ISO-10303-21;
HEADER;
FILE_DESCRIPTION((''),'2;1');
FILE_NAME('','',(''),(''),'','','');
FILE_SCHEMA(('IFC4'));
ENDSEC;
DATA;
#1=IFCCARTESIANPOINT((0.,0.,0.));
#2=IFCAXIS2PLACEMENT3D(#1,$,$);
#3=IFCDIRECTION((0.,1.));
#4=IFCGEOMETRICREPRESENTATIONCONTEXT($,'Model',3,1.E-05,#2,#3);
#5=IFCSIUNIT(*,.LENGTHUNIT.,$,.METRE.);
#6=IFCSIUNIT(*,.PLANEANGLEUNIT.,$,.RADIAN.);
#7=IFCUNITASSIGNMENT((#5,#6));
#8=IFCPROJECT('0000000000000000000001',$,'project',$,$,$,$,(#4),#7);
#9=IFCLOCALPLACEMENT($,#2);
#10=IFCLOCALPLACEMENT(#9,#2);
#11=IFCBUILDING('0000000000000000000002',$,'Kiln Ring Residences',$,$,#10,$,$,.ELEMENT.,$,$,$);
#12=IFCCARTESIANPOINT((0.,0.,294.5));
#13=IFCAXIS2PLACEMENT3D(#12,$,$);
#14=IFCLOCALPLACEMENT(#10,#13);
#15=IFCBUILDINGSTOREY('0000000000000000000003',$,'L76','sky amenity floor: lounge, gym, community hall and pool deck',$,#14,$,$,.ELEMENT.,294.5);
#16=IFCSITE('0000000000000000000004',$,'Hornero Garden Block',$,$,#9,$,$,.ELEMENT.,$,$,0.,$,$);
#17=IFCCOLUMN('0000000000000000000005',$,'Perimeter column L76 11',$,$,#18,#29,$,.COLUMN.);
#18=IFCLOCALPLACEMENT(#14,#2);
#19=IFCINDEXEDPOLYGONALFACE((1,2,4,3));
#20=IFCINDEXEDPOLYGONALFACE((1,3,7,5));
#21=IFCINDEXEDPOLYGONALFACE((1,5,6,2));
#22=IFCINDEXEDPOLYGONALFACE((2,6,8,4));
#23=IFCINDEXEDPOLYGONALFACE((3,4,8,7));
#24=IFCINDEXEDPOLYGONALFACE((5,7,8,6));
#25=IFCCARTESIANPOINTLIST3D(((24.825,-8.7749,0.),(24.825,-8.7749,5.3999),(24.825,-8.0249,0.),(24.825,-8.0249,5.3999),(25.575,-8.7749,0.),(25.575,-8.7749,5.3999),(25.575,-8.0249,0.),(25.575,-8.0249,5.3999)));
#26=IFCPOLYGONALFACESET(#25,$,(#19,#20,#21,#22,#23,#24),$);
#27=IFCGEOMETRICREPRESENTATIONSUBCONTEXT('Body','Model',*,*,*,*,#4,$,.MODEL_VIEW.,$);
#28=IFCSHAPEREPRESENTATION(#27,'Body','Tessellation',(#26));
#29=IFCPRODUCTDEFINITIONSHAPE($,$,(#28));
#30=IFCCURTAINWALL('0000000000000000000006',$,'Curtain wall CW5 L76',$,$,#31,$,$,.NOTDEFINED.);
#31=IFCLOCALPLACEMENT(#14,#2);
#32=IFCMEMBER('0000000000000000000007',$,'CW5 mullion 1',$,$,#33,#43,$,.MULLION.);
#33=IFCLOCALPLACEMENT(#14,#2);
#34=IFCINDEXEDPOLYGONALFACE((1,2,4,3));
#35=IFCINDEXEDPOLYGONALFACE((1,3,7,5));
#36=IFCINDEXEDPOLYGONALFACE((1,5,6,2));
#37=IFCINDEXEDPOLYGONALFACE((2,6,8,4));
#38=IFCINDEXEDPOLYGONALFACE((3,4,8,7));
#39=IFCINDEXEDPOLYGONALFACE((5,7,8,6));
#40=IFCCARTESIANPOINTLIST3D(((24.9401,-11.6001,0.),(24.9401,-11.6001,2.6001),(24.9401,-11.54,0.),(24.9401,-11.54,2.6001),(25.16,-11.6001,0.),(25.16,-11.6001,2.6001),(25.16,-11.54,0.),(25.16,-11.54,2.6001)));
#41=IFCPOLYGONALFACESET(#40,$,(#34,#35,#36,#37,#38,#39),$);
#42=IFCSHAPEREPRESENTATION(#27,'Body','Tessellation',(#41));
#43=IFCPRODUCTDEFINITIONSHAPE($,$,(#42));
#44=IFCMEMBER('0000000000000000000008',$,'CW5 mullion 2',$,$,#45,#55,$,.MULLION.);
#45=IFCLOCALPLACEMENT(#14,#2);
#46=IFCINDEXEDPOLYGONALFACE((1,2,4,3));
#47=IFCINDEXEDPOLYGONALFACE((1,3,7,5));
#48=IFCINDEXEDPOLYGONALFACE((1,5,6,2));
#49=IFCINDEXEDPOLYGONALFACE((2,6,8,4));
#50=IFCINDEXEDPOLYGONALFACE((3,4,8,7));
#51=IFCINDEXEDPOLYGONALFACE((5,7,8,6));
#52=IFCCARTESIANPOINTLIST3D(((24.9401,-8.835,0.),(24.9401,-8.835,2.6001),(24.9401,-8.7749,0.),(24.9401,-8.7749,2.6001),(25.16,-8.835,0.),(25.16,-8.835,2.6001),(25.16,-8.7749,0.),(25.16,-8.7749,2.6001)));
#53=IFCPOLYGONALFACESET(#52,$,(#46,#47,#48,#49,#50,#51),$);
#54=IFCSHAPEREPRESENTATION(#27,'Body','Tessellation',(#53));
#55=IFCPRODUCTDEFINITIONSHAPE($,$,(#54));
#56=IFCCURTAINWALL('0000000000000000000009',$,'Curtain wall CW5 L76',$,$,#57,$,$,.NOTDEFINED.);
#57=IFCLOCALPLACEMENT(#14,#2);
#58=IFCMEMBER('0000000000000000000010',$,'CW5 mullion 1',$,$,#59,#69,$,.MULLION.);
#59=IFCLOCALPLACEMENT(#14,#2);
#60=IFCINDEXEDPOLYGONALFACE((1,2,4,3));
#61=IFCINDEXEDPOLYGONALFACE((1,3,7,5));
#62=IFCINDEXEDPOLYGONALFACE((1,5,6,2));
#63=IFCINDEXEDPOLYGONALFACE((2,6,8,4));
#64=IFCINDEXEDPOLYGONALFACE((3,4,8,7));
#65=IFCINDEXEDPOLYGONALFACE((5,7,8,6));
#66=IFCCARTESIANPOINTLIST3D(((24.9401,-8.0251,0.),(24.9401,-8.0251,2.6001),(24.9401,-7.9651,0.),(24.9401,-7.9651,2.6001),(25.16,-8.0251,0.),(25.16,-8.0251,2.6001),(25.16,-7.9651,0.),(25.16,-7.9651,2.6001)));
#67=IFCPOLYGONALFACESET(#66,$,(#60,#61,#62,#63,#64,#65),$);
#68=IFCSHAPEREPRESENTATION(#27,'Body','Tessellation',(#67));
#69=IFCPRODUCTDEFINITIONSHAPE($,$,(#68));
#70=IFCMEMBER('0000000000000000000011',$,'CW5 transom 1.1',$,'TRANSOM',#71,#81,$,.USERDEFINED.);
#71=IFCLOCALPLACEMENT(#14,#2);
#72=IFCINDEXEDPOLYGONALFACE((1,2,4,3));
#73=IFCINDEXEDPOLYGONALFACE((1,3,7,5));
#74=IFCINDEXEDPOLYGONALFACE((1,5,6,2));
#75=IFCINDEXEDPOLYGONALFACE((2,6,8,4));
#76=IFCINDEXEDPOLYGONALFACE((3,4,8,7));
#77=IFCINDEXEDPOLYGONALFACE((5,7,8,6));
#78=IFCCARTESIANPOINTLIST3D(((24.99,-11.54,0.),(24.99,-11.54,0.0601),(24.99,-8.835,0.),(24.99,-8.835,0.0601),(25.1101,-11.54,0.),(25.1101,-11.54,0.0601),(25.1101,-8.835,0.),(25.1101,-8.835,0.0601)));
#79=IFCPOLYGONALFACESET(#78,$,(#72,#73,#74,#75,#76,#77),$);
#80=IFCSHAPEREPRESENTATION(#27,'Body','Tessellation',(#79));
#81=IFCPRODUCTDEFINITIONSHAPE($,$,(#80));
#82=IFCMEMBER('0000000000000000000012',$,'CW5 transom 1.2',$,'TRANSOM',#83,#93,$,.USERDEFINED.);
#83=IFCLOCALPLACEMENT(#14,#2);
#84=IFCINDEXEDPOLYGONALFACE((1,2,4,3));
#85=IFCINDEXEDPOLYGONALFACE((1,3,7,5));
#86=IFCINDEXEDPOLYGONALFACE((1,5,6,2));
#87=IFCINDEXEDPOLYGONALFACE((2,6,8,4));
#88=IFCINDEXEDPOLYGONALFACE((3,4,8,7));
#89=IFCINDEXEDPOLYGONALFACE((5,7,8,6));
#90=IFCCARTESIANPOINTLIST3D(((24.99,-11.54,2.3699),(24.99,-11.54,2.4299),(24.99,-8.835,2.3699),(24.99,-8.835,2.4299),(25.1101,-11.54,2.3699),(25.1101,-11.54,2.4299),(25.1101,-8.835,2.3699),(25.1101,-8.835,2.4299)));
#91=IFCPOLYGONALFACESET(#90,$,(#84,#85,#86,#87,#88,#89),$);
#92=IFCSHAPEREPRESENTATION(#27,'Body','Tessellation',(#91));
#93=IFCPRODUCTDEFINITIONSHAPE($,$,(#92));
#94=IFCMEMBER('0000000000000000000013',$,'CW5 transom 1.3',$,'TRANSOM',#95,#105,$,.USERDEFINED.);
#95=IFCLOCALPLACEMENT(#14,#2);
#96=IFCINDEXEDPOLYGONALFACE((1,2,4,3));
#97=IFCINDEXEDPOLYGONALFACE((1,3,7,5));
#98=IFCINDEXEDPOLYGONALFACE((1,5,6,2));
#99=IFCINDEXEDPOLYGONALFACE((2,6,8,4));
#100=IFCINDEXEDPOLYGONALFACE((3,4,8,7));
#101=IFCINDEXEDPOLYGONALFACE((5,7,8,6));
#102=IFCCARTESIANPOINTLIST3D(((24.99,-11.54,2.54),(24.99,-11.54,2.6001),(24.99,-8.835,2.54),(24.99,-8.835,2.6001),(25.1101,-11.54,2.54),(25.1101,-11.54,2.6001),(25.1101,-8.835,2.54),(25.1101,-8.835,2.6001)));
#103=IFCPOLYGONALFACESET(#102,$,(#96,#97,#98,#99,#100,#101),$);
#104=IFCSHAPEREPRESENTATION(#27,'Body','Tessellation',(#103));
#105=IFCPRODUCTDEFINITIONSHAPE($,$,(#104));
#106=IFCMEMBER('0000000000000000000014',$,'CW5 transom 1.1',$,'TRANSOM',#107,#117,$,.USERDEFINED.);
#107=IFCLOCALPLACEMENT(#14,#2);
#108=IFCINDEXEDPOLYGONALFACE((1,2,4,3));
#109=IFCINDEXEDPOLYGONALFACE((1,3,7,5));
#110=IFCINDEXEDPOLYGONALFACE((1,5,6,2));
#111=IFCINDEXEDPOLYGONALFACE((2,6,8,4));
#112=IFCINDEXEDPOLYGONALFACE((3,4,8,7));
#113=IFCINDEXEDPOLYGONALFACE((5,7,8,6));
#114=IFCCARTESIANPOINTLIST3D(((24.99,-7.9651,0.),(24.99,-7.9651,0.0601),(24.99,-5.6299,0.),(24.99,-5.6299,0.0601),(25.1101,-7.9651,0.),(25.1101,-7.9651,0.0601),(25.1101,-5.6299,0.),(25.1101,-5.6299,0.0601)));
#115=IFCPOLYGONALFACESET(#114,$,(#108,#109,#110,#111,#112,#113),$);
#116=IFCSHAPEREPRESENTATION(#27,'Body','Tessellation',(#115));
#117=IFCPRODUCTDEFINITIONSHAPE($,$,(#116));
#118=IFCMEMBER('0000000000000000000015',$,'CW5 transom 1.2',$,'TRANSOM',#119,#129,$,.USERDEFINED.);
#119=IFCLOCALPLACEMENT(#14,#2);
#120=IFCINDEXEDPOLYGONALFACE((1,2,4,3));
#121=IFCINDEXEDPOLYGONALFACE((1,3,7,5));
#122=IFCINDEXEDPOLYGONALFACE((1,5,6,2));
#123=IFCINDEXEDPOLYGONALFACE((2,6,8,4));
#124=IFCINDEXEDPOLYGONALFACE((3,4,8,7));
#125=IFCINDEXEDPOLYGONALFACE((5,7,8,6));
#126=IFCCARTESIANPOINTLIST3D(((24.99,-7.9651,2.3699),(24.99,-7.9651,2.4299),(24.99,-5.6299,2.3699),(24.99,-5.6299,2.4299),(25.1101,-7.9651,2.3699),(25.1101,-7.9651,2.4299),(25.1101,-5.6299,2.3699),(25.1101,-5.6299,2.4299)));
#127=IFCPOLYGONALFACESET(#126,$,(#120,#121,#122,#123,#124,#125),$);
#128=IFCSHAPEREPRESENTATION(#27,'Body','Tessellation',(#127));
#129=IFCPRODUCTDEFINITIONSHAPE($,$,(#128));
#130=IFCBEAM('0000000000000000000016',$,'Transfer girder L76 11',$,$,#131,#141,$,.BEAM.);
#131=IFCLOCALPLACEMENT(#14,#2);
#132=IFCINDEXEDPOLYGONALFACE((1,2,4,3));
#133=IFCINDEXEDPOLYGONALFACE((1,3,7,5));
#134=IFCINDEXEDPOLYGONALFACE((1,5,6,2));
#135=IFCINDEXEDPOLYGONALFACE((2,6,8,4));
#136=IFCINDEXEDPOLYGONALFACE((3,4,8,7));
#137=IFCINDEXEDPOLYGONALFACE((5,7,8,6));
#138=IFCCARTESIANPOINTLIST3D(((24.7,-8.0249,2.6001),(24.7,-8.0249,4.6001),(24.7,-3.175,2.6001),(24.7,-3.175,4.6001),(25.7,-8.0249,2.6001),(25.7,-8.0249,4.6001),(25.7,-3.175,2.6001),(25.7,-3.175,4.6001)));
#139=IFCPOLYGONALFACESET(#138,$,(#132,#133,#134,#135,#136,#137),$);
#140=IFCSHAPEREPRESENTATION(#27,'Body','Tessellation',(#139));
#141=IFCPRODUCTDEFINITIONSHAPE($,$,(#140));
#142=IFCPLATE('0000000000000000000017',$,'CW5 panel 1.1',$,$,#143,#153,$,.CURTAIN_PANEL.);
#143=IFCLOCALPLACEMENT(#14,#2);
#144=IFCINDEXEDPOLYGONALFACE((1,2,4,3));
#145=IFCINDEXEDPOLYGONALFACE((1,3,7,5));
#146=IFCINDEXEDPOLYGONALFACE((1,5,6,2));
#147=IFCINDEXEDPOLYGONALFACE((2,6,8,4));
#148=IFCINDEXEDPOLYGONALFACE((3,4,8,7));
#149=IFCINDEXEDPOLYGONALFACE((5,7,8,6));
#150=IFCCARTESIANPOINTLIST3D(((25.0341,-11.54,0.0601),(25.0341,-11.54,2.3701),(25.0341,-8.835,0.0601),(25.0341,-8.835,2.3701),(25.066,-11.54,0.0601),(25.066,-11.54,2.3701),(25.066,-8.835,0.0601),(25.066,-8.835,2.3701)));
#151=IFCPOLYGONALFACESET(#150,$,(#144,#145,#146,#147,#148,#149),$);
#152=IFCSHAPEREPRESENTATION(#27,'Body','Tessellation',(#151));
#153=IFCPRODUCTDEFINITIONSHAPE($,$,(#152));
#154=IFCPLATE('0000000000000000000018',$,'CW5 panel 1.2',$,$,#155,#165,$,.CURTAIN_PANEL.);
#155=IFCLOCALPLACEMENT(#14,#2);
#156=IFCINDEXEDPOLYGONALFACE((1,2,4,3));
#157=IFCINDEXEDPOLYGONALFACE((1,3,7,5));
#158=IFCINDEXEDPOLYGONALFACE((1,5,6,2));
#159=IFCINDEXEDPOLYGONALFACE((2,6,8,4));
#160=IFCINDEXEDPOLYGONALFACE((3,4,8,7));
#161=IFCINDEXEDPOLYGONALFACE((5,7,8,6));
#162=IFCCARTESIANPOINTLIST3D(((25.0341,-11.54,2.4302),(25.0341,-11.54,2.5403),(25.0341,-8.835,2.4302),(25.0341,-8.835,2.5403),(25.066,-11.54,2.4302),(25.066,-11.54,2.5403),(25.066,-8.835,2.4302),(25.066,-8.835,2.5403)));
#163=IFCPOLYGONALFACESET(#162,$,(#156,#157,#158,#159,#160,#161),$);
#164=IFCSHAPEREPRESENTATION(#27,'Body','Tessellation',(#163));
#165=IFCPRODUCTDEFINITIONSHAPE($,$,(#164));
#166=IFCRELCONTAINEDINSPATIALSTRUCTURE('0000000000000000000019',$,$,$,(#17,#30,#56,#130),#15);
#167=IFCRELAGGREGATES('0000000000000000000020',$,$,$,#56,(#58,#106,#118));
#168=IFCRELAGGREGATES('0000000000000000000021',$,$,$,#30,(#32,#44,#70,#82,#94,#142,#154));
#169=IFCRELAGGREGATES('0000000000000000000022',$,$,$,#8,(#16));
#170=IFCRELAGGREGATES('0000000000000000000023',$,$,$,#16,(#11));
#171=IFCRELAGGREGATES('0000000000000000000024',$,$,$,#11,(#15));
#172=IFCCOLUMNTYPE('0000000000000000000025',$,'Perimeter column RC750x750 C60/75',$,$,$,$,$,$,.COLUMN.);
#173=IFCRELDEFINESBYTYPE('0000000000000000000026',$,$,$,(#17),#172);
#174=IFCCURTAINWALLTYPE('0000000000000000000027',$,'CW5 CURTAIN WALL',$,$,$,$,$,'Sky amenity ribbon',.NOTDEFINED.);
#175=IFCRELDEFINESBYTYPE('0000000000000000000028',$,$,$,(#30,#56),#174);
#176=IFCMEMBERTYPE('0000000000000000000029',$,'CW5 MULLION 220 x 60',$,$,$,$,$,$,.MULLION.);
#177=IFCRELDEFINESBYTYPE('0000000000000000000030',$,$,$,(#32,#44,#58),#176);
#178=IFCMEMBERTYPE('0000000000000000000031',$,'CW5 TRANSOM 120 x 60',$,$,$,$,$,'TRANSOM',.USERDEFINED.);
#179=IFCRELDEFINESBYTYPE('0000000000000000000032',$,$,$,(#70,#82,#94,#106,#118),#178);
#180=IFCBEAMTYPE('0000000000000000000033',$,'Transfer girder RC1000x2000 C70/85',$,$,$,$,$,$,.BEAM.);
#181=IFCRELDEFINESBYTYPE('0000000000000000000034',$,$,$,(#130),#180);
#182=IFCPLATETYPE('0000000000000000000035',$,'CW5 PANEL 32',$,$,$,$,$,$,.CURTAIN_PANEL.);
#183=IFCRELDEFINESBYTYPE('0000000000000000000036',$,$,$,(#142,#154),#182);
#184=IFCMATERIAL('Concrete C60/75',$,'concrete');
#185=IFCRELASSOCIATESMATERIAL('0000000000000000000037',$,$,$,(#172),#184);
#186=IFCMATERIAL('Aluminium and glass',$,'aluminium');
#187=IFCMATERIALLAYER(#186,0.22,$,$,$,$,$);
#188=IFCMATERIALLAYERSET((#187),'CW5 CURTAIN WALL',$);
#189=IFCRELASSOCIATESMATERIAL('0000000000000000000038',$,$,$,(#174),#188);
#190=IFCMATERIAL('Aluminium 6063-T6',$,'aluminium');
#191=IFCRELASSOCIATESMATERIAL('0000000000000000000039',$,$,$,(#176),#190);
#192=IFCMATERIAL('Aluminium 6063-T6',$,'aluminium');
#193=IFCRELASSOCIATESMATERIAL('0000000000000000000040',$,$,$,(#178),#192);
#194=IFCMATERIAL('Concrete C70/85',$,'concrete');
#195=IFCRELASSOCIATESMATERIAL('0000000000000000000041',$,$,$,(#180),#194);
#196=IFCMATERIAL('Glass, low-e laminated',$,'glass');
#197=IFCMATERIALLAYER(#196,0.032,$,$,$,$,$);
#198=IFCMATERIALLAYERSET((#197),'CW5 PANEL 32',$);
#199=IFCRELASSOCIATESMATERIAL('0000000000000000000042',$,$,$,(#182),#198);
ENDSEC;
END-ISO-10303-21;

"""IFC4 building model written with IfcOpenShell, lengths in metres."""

from ifc_helpers import new_model, si_unit, direction, frame, origin, origin_2d, place, context, subcontext, project, spatial, rectangle, extrude, material, layer, layer_set, material_profile, profile_set, type_object, element, aggregate, save


model = new_model("IFC4")

# Units and contexts
model_context = context("Model", 3, precision=1e-05, world=origin(), true_north=direction((0.0, 1.0)))
body_context = subcontext(model_context, "Body", "Model", "MODEL_VIEW")
ifc_project = project(units=[si_unit("LENGTHUNIT", "METRE"), si_unit("PLANEANGLEUNIT", "RADIAN")], contexts=[model_context])

# Site, building, storey
site_placement = place(None, origin())
site = spatial("IfcSite", under=ifc_project, at=site_placement, Name="Hornero Garden Block", CompositionType="ELEMENT", RefElevation=0.0)
building_placement = place(site_placement, origin())
building = spatial("IfcBuilding", under=site, at=building_placement, Name="Kiln Ring Residences", CompositionType="ELEMENT")
storey_placement = place(building_placement, frame((0.0, 0.0, 294.5)))
storey = spatial("IfcBuildingStorey", under=building, at=storey_placement, Name="L76", Description="sky amenity floor: lounge, gym, community hall and pool deck", CompositionType="ELEMENT", Elevation=294.5)

# Column
ifc_material_1 = material(Name="Concrete C60/75", Category="concrete")
ifc_material_profile_1 = material_profile(ifc_material_1, rectangle(XDim=0.75, YDim=0.75, at=origin_2d()), Name="RC750x750")
ifc_profile_set_1 = profile_set([ifc_material_profile_1], Name="Concrete C60/75")
column_type = type_object("IfcColumnType", Name="Perimeter column RC750x750 C60/75", PredefinedType="COLUMN", material=ifc_profile_set_1)
column_placement = place(storey_placement, frame((25.2, -8.3999, 0.0), z_axis=(0.0, 0.0, 1.0), x_axis=(1.0, 0.0, 0.0)))
element("IfcColumn", 1, at=column_placement, inside=storey, type_object=column_type, Name="Perimeter column L76 11", PredefinedType="COLUMN", context=body_context, shape_type="SweptSolid", body=[
    extrude(rectangle(XDim=0.75, YDim=0.75, at=origin_2d()), origin(), (0.0, 0.0, 1.0), 5.3999),
])

# Curtain wall, members
ifc_material_2 = material(Name="Aluminium and glass", Category="aluminium")
ifc_layer_1 = layer(ifc_material_2, 0.22)
ifc_layer_set_1 = layer_set([ifc_layer_1], Name="CW5 CURTAIN WALL")
curtain_wall_type = type_object("IfcCurtainWallType", Name="CW5 CURTAIN WALL", ElementType="Sky amenity ribbon", PredefinedType="NOTDEFINED", material=ifc_layer_set_1)
placement = place(storey_placement, origin())
curtain_wall_1 = element("IfcCurtainWall", 2, at=placement, inside=storey, type_object=curtain_wall_type, Name="Curtain wall CW5 L76", PredefinedType="NOTDEFINED")
ifc_material_3 = material(Name="Aluminium 6063-T6", Category="aluminium")
ifc_material_profile_2 = material_profile(ifc_material_3, rectangle(XDim=0.22, YDim=0.0601, at=origin_2d()), Name="AL 220x60")
ifc_profile_set_2 = profile_set([ifc_material_profile_2], Name="Aluminium 6063-T6")
member_type_1 = type_object("IfcMemberType", Name="CW5 MULLION 220 x 60", PredefinedType="MULLION", material=ifc_profile_set_2)
member_1_placement = place(storey_placement, frame((25.05, -11.5701, 0.0), z_axis=(0.0, 0.0, 1.0), x_axis=(-1.0, 0.0, 0.0)))
member_1 = element("IfcMember", 3, at=member_1_placement, type_object=member_type_1, Name="CW5 mullion 1", PredefinedType="MULLION", context=body_context, shape_type="SweptSolid", body=[
    extrude(rectangle(XDim=0.22, YDim=0.0601, at=origin_2d()), origin(), (0.0, 0.0, 1.0), 2.6001),
])
member_2_placement = place(storey_placement, frame((25.05, -8.8049, 0.0), z_axis=(0.0, 0.0, 1.0), x_axis=(-1.0, 0.0, 0.0)))
member_2 = element("IfcMember", 4, at=member_2_placement, type_object=member_type_1, Name="CW5 mullion 2", PredefinedType="MULLION", context=body_context, shape_type="SweptSolid", body=[
    extrude(rectangle(XDim=0.22, YDim=0.0601, at=origin_2d()), origin(), (0.0, 0.0, 1.0), 2.6001),
])

# Curtain wall, member
curtain_wall_2 = element("IfcCurtainWall", 5, at=placement, inside=storey, type_object=curtain_wall_type, Name="Curtain wall CW5 L76", PredefinedType="NOTDEFINED")
member_3_placement = place(storey_placement, frame((25.05, -7.9951, 0.0), z_axis=(0.0, 0.0, 1.0), x_axis=(-1.0, 0.0, 0.0)))
member_3 = element("IfcMember", 6, at=member_3_placement, type_object=member_type_1, Name="CW5 mullion 1", PredefinedType="MULLION", context=body_context, shape_type="SweptSolid", body=[
    extrude(rectangle(XDim=0.22, YDim=0.0601, at=origin_2d()), origin(), (0.0, 0.0, 1.0), 2.6001),
])

# Members
ifc_material_4 = material(Name="Aluminium 6063-T6", Category="aluminium")
ifc_material_profile_3 = material_profile(ifc_material_4, rectangle(XDim=0.1201, YDim=0.0601, at=origin_2d()), Name="AL 120x60")
ifc_profile_set_3 = profile_set([ifc_material_profile_3], Name="Aluminium 6063-T6")
member_type_2 = type_object("IfcMemberType", Name="CW5 TRANSOM 120 x 60", ElementType="TRANSOM", PredefinedType="USERDEFINED", material=ifc_profile_set_3)
member_4_placement = place(storey_placement, frame((25.05, -11.54, 0.03), z_axis=(0.0, 1.0, 0.0), x_axis=(-1.0, 0.0, 0.0)))
member_4 = element("IfcMember", 7, at=member_4_placement, type_object=member_type_2, Name="CW5 transom 1.1", ObjectType="TRANSOM", PredefinedType="USERDEFINED", context=body_context, shape_type="SweptSolid", body=[
    extrude(rectangle(XDim=0.1201, YDim=0.0601, at=origin_2d()), origin(), (0.0, 0.0, 1.0), 2.7051),
])
member_5_placement = place(storey_placement, frame((25.05, -11.54, 2.3999), z_axis=(0.0, 1.0, 0.0), x_axis=(-1.0, 0.0, 0.0)))
member_5 = element("IfcMember", 8, at=member_5_placement, type_object=member_type_2, Name="CW5 transom 1.2", ObjectType="TRANSOM", PredefinedType="USERDEFINED", context=body_context, shape_type="SweptSolid", body=[
    extrude(rectangle(XDim=0.1201, YDim=0.0601, at=origin_2d()), origin(), (0.0, 0.0, 1.0), 2.7051),
])
member_6_placement = place(storey_placement, frame((25.05, -11.54, 2.5701), z_axis=(0.0, 1.0, 0.0), x_axis=(-1.0, 0.0, 0.0)))
member_6 = element("IfcMember", 9, at=member_6_placement, type_object=member_type_2, Name="CW5 transom 1.3", ObjectType="TRANSOM", PredefinedType="USERDEFINED", context=body_context, shape_type="SweptSolid", body=[
    extrude(rectangle(XDim=0.1201, YDim=0.0601, at=origin_2d()), origin(), (0.0, 0.0, 1.0), 2.7051),
])
member_7_placement = place(storey_placement, frame((25.05, -7.9651, 0.03), z_axis=(0.0, 1.0, 0.0), x_axis=(-1.0, 0.0, 0.0)))
member_7 = element("IfcMember", 10, at=member_7_placement, type_object=member_type_2, Name="CW5 transom 1.1", ObjectType="TRANSOM", PredefinedType="USERDEFINED", context=body_context, shape_type="SweptSolid", body=[
    extrude(rectangle(XDim=0.1201, YDim=0.0601, at=origin_2d()), origin(), (0.0, 0.0, 1.0), 2.3352),
])
member_8_placement = place(storey_placement, frame((25.05, -7.9651, 2.3999), z_axis=(0.0, 1.0, 0.0), x_axis=(-1.0, 0.0, 0.0)))
member_8 = element("IfcMember", 11, at=member_8_placement, type_object=member_type_2, Name="CW5 transom 1.2", ObjectType="TRANSOM", PredefinedType="USERDEFINED", context=body_context, shape_type="SweptSolid", body=[
    extrude(rectangle(XDim=0.1201, YDim=0.0601, at=origin_2d()), origin(), (0.0, 0.0, 1.0), 2.3352),
])
aggregate(curtain_wall_2, [member_3, member_7, member_8])

# Beam
ifc_material_5 = material(Name="Concrete C70/85", Category="concrete")
ifc_material_profile_4 = material_profile(ifc_material_5, rectangle(XDim=1.0, YDim=2.0, at=origin_2d()), Name="RC1000x2000")
ifc_profile_set_4 = profile_set([ifc_material_profile_4], Name="Concrete C70/85")
beam_type = type_object("IfcBeamType", Name="Transfer girder RC1000x2000 C70/85", PredefinedType="BEAM", material=ifc_profile_set_4)
beam_placement = place(storey_placement, frame((25.2, -8.0249, 3.6001), z_axis=(0.0, 1.0, 0.0), x_axis=(-1.0, 0.0, 0.0)))
element("IfcBeam", 12, at=beam_placement, inside=storey, type_object=beam_type, Name="Transfer girder L76 11", PredefinedType="BEAM", context=body_context, shape_type="SweptSolid", body=[
    extrude(rectangle(XDim=1.0, YDim=2.0, at=origin_2d()), origin(), (0.0, 0.0, 1.0), 4.8499),
])

# Plates
ifc_material_6 = material(Name="Glass, low-e laminated", Category="glass")
ifc_layer_2 = layer(ifc_material_6, 0.032)
ifc_layer_set_2 = layer_set([ifc_layer_2], Name="CW5 PANEL 32")
plate_type = type_object("IfcPlateType", Name="CW5 PANEL 32", PredefinedType="CURTAIN_PANEL", material=ifc_layer_set_2)
plate_1_placement = place(storey_placement, frame((25.05, -10.1875, 0.0601), z_axis=(0.0, 0.0, 1.0), x_axis=(0.0, 1.0, 0.0)))
plate_1 = element("IfcPlate", 13, at=plate_1_placement, type_object=plate_type, Name="CW5 panel 1.1", PredefinedType="CURTAIN_PANEL", context=body_context, shape_type="SweptSolid", body=[
    extrude(rectangle(XDim=2.7051, YDim=0.032, at=origin_2d()), origin(), (0.0, 0.0, 1.0), 2.3101),
])
plate_2_placement = place(storey_placement, frame((25.05, -10.1875, 2.4302), z_axis=(0.0, 0.0, 1.0), x_axis=(0.0, 1.0, 0.0)))
plate_2 = element("IfcPlate", 14, at=plate_2_placement, type_object=plate_type, Name="CW5 panel 1.2", PredefinedType="CURTAIN_PANEL", context=body_context, shape_type="SweptSolid", body=[
    extrude(rectangle(XDim=2.7051, YDim=0.032, at=origin_2d()), origin(), (0.0, 0.0, 1.0), 0.1101),
])
aggregate(curtain_wall_1, [member_1, member_2, member_4, member_5, member_6, plate_1, plate_2])

save(model, "model.ifc")
